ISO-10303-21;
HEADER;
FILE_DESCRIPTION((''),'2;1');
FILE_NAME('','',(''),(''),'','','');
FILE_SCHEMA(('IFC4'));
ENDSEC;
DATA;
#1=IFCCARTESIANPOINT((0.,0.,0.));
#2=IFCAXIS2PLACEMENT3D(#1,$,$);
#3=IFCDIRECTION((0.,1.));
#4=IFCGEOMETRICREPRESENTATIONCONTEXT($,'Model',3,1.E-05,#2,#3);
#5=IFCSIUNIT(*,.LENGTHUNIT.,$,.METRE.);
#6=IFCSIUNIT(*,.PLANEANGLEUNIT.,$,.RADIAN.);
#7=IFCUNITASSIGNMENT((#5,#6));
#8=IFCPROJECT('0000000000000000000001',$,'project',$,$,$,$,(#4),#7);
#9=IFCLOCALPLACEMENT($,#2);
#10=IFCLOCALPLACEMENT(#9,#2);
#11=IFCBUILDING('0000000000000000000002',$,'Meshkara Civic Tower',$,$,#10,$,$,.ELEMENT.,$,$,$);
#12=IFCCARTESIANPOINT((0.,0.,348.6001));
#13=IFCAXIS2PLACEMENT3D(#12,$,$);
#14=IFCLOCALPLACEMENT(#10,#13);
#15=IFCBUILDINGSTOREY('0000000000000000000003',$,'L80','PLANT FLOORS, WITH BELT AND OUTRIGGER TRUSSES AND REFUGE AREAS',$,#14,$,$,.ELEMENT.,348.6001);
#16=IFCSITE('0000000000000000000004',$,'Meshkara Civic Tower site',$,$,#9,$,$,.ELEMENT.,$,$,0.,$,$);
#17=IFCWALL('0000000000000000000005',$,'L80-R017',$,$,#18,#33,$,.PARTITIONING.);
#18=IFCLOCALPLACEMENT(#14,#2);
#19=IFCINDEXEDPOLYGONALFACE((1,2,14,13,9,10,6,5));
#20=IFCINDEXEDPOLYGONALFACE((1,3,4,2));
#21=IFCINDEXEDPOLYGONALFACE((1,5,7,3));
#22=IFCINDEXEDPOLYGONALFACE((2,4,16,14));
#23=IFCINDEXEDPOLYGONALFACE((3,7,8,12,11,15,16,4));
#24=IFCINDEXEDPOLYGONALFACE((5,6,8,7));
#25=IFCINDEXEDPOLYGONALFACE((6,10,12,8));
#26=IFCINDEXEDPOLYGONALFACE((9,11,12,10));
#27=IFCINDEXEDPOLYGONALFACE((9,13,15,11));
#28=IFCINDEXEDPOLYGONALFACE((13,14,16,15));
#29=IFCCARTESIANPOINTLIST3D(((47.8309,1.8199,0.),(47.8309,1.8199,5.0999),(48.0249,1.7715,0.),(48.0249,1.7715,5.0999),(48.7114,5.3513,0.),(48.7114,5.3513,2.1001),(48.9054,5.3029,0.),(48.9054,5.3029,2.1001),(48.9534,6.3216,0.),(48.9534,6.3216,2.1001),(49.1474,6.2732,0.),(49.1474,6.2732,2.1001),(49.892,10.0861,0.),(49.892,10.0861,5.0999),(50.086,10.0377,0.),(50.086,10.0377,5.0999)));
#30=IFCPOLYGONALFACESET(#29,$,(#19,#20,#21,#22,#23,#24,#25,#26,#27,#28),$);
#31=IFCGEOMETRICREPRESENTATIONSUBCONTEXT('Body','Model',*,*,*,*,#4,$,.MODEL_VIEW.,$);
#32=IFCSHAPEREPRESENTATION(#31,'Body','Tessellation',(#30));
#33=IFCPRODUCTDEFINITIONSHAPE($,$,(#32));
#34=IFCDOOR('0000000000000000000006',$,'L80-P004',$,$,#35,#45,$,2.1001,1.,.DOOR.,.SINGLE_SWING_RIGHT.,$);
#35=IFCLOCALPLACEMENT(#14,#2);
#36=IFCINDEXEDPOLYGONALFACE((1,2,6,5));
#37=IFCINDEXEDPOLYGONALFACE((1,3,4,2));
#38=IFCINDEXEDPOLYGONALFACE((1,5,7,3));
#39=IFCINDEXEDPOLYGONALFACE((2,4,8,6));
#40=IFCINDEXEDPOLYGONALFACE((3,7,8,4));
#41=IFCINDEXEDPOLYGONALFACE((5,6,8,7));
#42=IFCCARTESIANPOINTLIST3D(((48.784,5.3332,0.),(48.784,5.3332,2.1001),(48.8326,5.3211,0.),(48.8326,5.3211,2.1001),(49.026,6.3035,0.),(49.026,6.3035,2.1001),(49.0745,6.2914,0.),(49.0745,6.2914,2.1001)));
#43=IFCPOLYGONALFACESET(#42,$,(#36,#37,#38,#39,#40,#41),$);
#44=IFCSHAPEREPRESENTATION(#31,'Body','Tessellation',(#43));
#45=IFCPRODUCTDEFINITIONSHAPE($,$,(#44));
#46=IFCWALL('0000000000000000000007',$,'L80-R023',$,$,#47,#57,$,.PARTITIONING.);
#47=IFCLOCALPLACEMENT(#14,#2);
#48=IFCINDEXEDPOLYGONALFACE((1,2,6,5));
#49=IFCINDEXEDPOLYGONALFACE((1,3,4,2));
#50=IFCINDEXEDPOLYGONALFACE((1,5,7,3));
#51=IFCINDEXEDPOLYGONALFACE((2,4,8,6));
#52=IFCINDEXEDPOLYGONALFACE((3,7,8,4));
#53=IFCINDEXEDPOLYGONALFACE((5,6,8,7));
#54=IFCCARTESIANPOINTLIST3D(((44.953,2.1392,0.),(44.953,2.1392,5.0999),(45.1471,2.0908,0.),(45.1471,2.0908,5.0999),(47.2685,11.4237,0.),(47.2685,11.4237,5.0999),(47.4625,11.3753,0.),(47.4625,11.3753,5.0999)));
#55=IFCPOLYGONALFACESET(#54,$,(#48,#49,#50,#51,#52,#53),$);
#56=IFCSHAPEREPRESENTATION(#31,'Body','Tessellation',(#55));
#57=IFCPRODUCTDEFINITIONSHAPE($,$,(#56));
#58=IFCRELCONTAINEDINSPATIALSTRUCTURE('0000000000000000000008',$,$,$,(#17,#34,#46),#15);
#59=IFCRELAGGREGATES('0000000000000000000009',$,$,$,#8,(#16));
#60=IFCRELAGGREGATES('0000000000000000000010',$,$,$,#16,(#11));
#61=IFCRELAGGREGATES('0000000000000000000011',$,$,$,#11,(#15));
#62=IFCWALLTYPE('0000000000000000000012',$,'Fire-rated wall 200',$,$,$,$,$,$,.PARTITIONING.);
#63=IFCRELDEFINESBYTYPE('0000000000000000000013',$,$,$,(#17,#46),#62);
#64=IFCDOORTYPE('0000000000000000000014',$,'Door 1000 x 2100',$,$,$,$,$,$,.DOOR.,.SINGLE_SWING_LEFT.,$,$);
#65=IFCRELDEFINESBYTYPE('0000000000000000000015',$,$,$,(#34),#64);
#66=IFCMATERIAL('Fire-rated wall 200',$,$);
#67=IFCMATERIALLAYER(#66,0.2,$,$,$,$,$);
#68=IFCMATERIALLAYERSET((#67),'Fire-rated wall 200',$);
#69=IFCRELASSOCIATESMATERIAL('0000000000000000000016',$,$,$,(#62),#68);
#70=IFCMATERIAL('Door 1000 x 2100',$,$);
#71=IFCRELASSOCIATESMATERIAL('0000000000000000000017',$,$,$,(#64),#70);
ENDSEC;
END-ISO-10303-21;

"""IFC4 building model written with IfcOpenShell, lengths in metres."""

from ifc_helpers import new_model, si_unit, direction, frame, frame_2d, origin, place, context, subcontext, project, spatial, rectangle, extrude, material, layer, layer_set, type_object, element, fill, save


model = new_model("IFC4")

# Units and contexts
model_context = context("Model", 3, precision=1e-05, world=origin(), true_north=direction((0.0, 1.0)))
body_context = subcontext(model_context, "Body", "Model", "MODEL_VIEW")
ifc_project = project(units=[si_unit("LENGTHUNIT", "METRE"), si_unit("PLANEANGLEUNIT", "RADIAN")], contexts=[model_context])

# Site, building, storey
site_placement = place(None, origin())
site = spatial("IfcSite", under=ifc_project, at=site_placement, Name="Meshkara Civic Tower site", CompositionType="ELEMENT", RefElevation=0.0)
building_placement = place(site_placement, origin())
building = spatial("IfcBuilding", under=site, at=building_placement, Name="Meshkara Civic Tower", CompositionType="ELEMENT")
storey_placement = place(building_placement, frame((0.0, 0.0, 348.6001)))
storey = spatial("IfcBuildingStorey", under=building, at=storey_placement, Name="L80", Description="PLANT FLOORS, WITH BELT AND OUTRIGGER TRUSSES AND REFUGE AREAS", CompositionType="ELEMENT", Elevation=348.6001)

# Shared definitions
ifc_material_1 = material(Name="Fire-rated wall 200")
ifc_layer = layer(ifc_material_1, 0.2)
ifc_layer_set = layer_set([ifc_layer], Name="Fire-rated wall 200")
wall_type = type_object("IfcWallType", Name="Fire-rated wall 200", PredefinedType="PARTITIONING", material=ifc_layer_set)

# Wall, opening, door
wall_1_placement = place(storey_placement, frame((49.989, 10.062, 0.0), z_axis=(0.0, 0.0, 1.0), x_axis=(-0.241929, -0.970294, 0.0)))
wall_1 = element("IfcWall", 1, at=wall_1_placement, inside=storey, type_object=wall_type, Name="L80-R017", PredefinedType="PARTITIONING", context=body_context, shape_type="SweptSolid", body=[
    extrude(rectangle(XDim=8.5193, YDim=0.2, at=frame_2d((4.2598, 0.0))), origin(), (0.0, 0.0, 1.0), 5.0999),
])
opening_placement = place(wall_1_placement, frame((3.8799, 0.0, 0.0)))
opening = element("IfcOpeningElement", 2, at=opening_placement, cuts=wall_1, PredefinedType="OPENING", context=body_context, shape_type="SweptSolid", body=[
    extrude(rectangle(XDim=1.0, YDim=2.1001, at=frame_2d((0.5, 1.05))), frame((0.0, 0.1099, 0.0), z_axis=(0.0, -1.0, 0.0), x_axis=(1.0, 0.0, 0.0)), (0.0, 0.0, 1.0), 0.22),
])
ifc_material_2 = material(Name="Door 1000 x 2100")
door_type = type_object("IfcDoorType", Name="Door 1000 x 2100", OperationType="SINGLE_SWING_LEFT", PredefinedType="DOOR", material=ifc_material_2)
door_placement = place(opening_placement, origin())
door = element("IfcDoor", 3, at=door_placement, inside=storey, type_object=door_type, Name="L80-P004", OperationType="SINGLE_SWING_RIGHT", OverallHeight=2.1001, OverallWidth=1.0, PredefinedType="DOOR", context=body_context, shape_type="SweptSolid", body=[
    extrude(rectangle(XDim=1.0, YDim=2.1001, at=frame_2d((0.5, 1.05))), frame((0.0, 0.0249, 0.0), z_axis=(0.0, -1.0, 0.0), x_axis=(1.0, 0.0, 0.0)), (0.0, 0.0, 1.0), 0.05),
])
fill(opening, door)

# Wall
wall_2_placement = place(storey_placement, frame((45.05, 2.115, 0.0), z_axis=(0.0, 0.0, 1.0), x_axis=(0.241977, 0.970282, 0.0)))
element("IfcWall", 4, at=wall_2_placement, inside=storey, type_object=wall_type, Name="L80-R023", PredefinedType="PARTITIONING", context=body_context, shape_type="SweptSolid", body=[
    extrude(rectangle(XDim=9.5688, YDim=0.2, at=frame_2d((4.7844, 0.0))), origin(), (0.0, 0.0, 1.0), 5.0999),
])

save(model, "model.ifc")
